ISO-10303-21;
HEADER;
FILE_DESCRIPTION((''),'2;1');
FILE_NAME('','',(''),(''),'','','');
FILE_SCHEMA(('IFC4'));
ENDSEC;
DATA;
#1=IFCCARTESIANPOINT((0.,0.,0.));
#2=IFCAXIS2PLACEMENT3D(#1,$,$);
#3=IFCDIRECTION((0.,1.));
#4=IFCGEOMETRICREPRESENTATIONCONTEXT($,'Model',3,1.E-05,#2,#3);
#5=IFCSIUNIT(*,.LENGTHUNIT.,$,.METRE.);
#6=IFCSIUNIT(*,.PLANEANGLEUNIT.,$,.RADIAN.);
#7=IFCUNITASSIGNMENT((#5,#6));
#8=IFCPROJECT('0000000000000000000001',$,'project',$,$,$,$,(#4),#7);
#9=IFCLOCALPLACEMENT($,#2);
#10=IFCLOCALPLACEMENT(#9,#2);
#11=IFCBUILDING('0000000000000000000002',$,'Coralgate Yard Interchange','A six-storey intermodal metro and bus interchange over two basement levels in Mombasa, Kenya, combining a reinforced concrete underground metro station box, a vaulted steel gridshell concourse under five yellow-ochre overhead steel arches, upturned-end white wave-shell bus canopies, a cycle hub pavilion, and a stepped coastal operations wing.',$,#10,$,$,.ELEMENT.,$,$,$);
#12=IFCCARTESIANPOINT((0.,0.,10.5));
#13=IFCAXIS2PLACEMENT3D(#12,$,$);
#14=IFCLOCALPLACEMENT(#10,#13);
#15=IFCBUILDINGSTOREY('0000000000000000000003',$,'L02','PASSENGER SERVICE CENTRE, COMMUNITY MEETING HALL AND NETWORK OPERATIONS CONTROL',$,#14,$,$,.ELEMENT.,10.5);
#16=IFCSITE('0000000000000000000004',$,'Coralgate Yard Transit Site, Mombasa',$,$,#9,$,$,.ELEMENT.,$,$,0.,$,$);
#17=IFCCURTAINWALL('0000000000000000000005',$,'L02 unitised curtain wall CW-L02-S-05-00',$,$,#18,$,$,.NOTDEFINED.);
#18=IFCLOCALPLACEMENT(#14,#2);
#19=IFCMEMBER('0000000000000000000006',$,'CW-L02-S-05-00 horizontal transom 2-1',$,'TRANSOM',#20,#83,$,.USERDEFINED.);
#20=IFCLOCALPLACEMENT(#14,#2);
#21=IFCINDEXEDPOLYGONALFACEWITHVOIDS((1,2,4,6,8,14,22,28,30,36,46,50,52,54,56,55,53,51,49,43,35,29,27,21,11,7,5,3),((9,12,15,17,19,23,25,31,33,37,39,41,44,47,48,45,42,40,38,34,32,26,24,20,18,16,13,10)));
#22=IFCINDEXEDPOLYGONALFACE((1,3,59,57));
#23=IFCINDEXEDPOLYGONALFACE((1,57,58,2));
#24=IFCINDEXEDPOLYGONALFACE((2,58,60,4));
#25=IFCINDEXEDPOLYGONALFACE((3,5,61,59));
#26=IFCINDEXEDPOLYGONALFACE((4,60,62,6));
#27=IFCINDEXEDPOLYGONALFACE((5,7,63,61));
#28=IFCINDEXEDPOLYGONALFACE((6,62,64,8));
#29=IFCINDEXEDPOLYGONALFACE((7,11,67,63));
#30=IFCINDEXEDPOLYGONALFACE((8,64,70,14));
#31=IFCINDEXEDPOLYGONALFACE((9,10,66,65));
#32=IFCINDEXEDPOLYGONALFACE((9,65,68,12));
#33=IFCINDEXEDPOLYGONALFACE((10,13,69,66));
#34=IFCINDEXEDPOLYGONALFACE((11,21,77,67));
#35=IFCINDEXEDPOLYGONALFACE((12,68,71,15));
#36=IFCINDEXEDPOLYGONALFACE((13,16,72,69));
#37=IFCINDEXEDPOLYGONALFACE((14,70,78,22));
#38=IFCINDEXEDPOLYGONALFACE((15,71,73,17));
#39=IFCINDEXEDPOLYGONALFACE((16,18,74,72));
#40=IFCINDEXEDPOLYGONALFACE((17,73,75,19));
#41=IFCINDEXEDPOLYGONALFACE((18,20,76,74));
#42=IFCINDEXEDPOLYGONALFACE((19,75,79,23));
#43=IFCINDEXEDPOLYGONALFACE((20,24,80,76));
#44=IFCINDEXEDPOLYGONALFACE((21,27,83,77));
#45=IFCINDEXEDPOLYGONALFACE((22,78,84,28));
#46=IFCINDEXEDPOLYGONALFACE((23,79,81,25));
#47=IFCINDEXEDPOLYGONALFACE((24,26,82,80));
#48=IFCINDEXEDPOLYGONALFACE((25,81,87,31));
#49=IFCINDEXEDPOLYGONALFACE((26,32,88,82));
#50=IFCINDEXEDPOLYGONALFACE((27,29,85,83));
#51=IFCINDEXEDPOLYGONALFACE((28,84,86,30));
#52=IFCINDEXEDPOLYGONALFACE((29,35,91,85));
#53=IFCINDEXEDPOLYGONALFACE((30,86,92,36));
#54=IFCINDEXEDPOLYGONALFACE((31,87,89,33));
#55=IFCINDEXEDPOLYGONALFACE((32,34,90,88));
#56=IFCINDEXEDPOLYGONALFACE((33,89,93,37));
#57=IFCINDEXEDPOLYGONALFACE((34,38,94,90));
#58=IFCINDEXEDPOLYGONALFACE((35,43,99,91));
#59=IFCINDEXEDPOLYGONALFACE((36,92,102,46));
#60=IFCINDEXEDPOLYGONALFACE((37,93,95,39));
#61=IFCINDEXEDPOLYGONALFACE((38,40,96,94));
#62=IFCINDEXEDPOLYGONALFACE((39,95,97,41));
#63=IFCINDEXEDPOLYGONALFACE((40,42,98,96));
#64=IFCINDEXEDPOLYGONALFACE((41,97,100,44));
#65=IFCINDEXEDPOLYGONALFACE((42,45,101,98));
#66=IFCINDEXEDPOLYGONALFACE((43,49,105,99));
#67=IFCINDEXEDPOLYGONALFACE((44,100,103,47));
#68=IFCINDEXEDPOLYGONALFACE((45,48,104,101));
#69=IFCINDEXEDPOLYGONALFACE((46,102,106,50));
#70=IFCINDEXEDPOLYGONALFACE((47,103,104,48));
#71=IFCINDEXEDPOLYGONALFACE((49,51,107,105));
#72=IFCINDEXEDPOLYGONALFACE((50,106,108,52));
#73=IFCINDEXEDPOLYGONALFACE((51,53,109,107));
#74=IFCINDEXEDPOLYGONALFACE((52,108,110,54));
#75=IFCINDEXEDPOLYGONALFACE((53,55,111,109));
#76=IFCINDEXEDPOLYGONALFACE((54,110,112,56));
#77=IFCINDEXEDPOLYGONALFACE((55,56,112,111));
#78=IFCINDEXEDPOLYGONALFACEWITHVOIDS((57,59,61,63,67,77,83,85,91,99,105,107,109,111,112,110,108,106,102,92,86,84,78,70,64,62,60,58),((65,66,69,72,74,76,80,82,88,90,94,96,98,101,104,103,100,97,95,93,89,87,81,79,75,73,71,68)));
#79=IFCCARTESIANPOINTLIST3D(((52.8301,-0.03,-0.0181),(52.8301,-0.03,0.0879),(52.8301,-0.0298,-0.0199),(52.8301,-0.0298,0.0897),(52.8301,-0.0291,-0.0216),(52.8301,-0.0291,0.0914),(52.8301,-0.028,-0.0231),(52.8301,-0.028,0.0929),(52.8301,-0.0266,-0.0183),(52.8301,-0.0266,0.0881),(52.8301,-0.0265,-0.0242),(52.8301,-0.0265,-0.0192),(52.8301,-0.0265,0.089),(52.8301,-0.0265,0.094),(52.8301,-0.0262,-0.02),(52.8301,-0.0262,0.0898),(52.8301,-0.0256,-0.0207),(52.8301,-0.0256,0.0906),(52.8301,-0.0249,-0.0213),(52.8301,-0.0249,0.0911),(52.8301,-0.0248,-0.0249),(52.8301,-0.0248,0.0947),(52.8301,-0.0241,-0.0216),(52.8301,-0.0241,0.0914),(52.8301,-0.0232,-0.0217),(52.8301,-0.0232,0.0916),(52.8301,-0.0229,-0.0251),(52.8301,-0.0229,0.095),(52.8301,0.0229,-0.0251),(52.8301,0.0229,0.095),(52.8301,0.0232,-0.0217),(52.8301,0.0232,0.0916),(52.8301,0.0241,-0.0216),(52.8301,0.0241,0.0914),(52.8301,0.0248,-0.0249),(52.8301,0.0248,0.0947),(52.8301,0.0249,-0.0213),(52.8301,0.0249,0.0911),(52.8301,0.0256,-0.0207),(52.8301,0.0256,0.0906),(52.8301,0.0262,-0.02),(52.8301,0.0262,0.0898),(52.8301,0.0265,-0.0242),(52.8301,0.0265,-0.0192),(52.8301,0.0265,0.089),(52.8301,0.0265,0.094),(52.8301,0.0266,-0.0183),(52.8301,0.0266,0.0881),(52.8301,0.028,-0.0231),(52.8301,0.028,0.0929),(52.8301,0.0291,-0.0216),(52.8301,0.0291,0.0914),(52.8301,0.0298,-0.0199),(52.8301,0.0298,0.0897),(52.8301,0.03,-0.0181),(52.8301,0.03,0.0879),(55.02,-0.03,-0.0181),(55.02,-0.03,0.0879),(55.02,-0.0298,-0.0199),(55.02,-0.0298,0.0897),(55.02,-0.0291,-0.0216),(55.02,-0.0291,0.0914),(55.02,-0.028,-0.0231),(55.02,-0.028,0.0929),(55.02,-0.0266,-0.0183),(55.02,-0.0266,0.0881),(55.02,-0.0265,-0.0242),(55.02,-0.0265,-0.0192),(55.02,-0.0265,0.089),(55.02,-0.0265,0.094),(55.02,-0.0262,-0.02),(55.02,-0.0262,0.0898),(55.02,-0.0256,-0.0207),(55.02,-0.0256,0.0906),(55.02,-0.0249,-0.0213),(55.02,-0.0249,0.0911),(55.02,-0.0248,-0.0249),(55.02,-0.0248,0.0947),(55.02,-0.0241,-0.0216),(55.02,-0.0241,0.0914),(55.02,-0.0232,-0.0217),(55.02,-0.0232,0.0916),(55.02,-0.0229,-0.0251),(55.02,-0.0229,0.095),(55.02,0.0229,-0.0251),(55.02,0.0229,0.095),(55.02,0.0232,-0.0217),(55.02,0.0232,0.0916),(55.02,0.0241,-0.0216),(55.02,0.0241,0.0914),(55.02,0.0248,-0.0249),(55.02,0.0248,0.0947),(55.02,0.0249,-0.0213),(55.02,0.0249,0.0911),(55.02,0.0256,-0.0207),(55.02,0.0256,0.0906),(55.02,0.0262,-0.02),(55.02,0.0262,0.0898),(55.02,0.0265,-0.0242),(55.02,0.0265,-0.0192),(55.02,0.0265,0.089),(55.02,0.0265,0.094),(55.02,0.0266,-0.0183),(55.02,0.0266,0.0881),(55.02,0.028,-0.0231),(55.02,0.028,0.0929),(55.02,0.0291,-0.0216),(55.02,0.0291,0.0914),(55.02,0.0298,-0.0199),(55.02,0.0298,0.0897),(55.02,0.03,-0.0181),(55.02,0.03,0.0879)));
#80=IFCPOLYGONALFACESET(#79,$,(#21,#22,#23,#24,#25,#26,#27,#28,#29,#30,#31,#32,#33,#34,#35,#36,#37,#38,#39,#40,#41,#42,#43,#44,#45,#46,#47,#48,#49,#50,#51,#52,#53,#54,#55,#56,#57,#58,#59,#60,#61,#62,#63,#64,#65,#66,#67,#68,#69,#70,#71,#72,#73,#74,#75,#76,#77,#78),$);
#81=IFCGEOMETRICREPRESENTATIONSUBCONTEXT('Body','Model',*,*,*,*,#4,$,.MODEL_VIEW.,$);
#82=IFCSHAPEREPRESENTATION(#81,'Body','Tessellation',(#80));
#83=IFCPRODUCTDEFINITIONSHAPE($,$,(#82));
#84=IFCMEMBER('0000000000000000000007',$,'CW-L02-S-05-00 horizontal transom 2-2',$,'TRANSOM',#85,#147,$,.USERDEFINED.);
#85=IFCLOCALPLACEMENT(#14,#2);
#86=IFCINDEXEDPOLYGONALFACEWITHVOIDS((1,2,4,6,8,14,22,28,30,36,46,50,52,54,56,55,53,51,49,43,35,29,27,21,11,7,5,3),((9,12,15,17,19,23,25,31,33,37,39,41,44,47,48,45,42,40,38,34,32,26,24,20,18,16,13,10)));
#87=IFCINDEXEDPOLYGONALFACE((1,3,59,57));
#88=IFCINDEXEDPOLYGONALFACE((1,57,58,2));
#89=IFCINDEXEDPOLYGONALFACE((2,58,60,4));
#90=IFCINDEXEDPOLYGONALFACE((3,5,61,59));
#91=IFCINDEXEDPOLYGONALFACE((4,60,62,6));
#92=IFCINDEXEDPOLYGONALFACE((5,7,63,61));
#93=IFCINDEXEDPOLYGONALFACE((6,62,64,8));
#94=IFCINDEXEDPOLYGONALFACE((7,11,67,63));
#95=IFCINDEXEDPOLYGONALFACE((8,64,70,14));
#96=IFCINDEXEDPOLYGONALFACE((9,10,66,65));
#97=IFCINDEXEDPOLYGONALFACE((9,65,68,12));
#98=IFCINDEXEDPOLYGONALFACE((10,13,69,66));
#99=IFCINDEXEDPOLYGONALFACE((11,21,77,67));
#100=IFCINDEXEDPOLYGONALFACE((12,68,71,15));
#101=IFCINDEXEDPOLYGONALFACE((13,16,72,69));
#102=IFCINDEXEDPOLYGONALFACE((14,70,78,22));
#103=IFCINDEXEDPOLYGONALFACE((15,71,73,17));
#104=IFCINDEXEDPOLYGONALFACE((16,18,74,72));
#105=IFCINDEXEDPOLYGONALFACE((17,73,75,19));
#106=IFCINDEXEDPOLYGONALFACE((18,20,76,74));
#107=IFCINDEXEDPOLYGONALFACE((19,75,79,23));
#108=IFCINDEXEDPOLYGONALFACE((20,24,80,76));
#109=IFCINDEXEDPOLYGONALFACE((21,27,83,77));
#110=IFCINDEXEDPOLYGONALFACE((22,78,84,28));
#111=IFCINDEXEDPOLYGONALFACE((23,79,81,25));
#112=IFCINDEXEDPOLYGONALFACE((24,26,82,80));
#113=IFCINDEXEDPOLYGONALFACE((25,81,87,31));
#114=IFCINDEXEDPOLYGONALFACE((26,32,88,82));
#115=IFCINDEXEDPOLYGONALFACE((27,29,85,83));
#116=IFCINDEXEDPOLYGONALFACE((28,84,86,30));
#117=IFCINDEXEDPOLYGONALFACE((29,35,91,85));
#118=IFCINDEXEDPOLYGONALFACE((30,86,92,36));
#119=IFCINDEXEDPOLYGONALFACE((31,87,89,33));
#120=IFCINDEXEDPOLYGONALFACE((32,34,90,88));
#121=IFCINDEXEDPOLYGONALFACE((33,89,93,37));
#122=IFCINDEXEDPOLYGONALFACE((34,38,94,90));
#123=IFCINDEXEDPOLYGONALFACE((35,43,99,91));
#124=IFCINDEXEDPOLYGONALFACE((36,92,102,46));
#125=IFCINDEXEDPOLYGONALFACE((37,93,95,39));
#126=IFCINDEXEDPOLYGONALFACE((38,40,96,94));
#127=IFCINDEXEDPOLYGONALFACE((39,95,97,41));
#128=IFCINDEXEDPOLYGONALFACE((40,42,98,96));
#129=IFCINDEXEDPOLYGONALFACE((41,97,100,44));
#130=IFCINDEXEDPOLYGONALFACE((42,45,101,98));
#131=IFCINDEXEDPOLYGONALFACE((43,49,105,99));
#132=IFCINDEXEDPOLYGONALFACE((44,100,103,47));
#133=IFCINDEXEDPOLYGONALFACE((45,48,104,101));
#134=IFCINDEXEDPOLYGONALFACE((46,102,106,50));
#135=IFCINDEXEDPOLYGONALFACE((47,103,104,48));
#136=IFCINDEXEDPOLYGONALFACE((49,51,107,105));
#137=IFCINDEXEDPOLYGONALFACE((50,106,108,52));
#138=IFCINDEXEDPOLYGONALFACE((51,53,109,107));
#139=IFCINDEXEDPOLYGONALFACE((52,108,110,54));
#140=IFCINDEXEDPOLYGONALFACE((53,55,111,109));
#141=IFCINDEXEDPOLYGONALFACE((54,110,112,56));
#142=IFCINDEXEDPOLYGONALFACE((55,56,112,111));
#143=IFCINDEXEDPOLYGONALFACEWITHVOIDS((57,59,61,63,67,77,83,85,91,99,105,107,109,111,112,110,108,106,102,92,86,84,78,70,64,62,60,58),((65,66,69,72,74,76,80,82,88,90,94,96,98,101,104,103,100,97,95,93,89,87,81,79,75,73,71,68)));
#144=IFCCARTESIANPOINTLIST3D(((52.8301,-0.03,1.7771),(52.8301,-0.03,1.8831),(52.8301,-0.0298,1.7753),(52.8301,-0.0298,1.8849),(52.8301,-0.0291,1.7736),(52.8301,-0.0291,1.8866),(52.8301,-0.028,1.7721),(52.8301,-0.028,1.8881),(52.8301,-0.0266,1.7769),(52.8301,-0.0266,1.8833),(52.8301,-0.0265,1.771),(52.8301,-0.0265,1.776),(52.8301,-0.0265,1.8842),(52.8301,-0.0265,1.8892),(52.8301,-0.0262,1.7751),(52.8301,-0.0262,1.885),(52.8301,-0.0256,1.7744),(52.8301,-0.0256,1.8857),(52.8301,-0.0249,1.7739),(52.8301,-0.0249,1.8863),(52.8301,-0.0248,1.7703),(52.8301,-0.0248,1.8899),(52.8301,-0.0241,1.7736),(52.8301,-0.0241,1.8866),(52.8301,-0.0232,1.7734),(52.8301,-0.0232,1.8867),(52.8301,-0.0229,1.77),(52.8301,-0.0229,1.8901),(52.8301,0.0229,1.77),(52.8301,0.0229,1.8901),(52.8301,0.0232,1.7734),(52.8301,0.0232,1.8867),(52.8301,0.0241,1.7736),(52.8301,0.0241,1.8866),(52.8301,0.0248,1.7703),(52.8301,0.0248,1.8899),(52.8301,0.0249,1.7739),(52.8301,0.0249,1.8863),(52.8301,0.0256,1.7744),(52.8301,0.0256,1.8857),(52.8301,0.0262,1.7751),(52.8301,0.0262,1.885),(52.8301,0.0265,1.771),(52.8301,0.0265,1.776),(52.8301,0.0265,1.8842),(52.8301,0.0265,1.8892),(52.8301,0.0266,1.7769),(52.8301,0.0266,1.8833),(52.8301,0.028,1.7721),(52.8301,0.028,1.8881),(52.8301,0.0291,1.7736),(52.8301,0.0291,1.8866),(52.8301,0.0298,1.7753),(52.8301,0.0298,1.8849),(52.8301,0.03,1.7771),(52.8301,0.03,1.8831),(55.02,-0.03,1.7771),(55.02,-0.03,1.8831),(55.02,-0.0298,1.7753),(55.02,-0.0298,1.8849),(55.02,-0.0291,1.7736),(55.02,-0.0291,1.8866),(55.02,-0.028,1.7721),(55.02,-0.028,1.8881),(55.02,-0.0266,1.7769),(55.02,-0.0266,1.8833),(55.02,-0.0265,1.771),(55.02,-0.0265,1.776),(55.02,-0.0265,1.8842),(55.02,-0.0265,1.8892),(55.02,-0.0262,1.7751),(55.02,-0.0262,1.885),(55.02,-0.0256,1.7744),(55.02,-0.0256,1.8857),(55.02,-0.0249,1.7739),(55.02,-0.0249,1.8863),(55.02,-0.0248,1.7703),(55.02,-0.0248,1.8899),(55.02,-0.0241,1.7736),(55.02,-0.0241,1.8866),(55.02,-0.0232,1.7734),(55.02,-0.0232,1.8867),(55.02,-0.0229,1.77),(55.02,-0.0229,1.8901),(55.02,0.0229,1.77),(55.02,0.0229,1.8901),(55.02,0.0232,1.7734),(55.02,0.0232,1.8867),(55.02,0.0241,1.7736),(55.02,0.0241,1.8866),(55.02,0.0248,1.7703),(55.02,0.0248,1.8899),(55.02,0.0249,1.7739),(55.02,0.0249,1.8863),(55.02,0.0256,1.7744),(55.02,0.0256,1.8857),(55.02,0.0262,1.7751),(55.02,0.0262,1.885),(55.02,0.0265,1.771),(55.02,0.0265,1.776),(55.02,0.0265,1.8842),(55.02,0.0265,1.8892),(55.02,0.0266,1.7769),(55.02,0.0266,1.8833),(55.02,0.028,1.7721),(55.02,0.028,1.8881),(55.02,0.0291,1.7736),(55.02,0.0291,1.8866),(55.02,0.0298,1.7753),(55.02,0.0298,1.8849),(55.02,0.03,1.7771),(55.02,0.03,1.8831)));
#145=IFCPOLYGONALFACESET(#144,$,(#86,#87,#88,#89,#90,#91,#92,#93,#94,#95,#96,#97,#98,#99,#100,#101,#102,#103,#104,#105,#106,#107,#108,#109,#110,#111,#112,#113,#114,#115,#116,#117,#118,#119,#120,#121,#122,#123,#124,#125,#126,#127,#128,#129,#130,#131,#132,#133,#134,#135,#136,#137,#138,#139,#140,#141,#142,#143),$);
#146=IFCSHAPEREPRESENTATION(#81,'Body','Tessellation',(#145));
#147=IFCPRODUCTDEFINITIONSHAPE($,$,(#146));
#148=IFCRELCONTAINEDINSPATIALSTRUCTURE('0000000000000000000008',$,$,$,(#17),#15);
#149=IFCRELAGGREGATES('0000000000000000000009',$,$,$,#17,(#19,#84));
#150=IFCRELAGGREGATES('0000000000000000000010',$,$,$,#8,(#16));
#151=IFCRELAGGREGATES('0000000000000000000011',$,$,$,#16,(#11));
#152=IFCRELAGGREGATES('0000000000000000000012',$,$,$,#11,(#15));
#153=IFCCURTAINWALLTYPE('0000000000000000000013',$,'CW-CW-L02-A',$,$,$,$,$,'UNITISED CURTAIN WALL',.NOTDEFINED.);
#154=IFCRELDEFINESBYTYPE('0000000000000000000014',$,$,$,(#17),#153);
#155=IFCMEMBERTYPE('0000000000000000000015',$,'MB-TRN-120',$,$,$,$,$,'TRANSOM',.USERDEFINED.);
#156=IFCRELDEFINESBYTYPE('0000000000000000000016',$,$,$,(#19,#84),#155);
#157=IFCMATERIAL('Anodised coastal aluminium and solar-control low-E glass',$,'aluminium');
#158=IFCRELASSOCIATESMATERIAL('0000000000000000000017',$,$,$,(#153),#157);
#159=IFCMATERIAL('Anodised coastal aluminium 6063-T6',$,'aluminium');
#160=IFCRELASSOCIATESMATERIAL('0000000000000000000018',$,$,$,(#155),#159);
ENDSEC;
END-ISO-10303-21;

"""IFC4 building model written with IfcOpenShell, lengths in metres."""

from ifc_helpers import new_model, si_unit, direction, frame, origin, origin_2d, place, context, subcontext, project, spatial, hollow_rectangle, extrude, material, material_profile, profile_set, type_object, element, aggregate, save


model = new_model("IFC4")

# Units and contexts
model_context = context("Model", 3, precision=1e-05, world=origin(), true_north=direction((0.0, 1.0)))
body_context = subcontext(model_context, "Body", "Model", "MODEL_VIEW")
ifc_project = project(units=[si_unit("LENGTHUNIT", "METRE"), si_unit("PLANEANGLEUNIT", "RADIAN")], contexts=[model_context])

# Site, building, storey
site_placement = place(None, origin())
site = spatial("IfcSite", under=ifc_project, at=site_placement, Name="Coralgate Yard Transit Site, Mombasa", CompositionType="ELEMENT", RefElevation=0.0)
building_placement = place(site_placement, origin())
building = spatial("IfcBuilding", under=site, at=building_placement, Name="Coralgate Yard Interchange", Description="A six-storey intermodal metro and bus interchange over two basement levels in Mombasa, Kenya, combining a reinforced concrete underground metro station box, a vaulted steel gridshell concourse under five yellow-ochre overhead steel arches, upturned-end white wave-shell bus canopies, a cycle hub pavilion, and a stepped coastal operations wing.", CompositionType="ELEMENT")
storey_placement = place(building_placement, frame((0.0, 0.0, 10.5)))
storey = spatial("IfcBuildingStorey", under=building, at=storey_placement, Name="L02", Description="PASSENGER SERVICE CENTRE, COMMUNITY MEETING HALL AND NETWORK OPERATIONS CONTROL", CompositionType="ELEMENT", Elevation=10.5)

# Shared definitions
ifc_material_1 = material(Name="Anodised coastal aluminium and solar-control low-E glass", Category="aluminium")
curtain_wall_type = type_object("IfcCurtainWallType", Name="CW-CW-L02-A", ElementType="UNITISED CURTAIN WALL", PredefinedType="NOTDEFINED", material=ifc_material_1)
ifc_material_2 = material(Name="Anodised coastal aluminium 6063-T6", Category="aluminium")

# Curtain wall
curtain_wall_1_placement = place(storey_placement, origin())
curtain_wall_1 = element("IfcCurtainWall", 1, at=curtain_wall_1_placement, inside=storey, type_object=curtain_wall_type, Name="L02 unitised curtain wall CW-L02-S-05-00", PredefinedType="NOTDEFINED")

# Members
ifc_material_profile_1 = material_profile(ifc_material_2, hollow_rectangle(XDim=0.0601, YDim=0.1201, WallThickness=0.0034, InnerFilletRadius=0.0034, OuterFilletRadius=0.0071, at=origin_2d()), Name="ALU 60x120x3.5")
ifc_profile_set_1 = profile_set([ifc_material_profile_1], Name="Anodised coastal aluminium 6063-T6")
member_type_1 = type_object("IfcMemberType", Name="MB-TRN-120", ElementType="TRANSOM", PredefinedType="USERDEFINED", material=ifc_profile_set_1)
member_1_placement = place(storey_placement, frame((55.02, 0.0, 0.0349), z_axis=(-1.0, 0.0, 0.0), x_axis=(0.0, -1.0, 0.0)))
member_1 = element("IfcMember", 2, at=member_1_placement, type_object=member_type_1, Name="CW-L02-S-05-00 horizontal transom 2-1", ObjectType="TRANSOM", PredefinedType="USERDEFINED", context=body_context, shape_type="SweptSolid", body=[
    extrude(hollow_rectangle(XDim=0.0601, YDim=0.1201, WallThickness=0.0034, InnerFilletRadius=0.0034, OuterFilletRadius=0.0071, at=origin_2d()), origin(), (0.0, 0.0, 1.0), 2.1899),
])
member_2_placement = place(storey_placement, frame((55.02, 0.0, 1.8301), z_axis=(-1.0, 0.0, 0.0), x_axis=(0.0, -1.0, 0.0)))
member_2 = element("IfcMember", 3, at=member_2_placement, type_object=member_type_1, Name="CW-L02-S-05-00 horizontal transom 2-2", ObjectType="TRANSOM", PredefinedType="USERDEFINED", context=body_context, shape_type="SweptSolid", body=[
    extrude(hollow_rectangle(XDim=0.0601, YDim=0.1201, WallThickness=0.0034, InnerFilletRadius=0.0034, OuterFilletRadius=0.0071, at=origin_2d()), origin(), (0.0, 0.0, 1.0), 2.1899),
])

aggregate(curtain_wall_1, [member_1, member_2])

save(model, "model.ifc")
